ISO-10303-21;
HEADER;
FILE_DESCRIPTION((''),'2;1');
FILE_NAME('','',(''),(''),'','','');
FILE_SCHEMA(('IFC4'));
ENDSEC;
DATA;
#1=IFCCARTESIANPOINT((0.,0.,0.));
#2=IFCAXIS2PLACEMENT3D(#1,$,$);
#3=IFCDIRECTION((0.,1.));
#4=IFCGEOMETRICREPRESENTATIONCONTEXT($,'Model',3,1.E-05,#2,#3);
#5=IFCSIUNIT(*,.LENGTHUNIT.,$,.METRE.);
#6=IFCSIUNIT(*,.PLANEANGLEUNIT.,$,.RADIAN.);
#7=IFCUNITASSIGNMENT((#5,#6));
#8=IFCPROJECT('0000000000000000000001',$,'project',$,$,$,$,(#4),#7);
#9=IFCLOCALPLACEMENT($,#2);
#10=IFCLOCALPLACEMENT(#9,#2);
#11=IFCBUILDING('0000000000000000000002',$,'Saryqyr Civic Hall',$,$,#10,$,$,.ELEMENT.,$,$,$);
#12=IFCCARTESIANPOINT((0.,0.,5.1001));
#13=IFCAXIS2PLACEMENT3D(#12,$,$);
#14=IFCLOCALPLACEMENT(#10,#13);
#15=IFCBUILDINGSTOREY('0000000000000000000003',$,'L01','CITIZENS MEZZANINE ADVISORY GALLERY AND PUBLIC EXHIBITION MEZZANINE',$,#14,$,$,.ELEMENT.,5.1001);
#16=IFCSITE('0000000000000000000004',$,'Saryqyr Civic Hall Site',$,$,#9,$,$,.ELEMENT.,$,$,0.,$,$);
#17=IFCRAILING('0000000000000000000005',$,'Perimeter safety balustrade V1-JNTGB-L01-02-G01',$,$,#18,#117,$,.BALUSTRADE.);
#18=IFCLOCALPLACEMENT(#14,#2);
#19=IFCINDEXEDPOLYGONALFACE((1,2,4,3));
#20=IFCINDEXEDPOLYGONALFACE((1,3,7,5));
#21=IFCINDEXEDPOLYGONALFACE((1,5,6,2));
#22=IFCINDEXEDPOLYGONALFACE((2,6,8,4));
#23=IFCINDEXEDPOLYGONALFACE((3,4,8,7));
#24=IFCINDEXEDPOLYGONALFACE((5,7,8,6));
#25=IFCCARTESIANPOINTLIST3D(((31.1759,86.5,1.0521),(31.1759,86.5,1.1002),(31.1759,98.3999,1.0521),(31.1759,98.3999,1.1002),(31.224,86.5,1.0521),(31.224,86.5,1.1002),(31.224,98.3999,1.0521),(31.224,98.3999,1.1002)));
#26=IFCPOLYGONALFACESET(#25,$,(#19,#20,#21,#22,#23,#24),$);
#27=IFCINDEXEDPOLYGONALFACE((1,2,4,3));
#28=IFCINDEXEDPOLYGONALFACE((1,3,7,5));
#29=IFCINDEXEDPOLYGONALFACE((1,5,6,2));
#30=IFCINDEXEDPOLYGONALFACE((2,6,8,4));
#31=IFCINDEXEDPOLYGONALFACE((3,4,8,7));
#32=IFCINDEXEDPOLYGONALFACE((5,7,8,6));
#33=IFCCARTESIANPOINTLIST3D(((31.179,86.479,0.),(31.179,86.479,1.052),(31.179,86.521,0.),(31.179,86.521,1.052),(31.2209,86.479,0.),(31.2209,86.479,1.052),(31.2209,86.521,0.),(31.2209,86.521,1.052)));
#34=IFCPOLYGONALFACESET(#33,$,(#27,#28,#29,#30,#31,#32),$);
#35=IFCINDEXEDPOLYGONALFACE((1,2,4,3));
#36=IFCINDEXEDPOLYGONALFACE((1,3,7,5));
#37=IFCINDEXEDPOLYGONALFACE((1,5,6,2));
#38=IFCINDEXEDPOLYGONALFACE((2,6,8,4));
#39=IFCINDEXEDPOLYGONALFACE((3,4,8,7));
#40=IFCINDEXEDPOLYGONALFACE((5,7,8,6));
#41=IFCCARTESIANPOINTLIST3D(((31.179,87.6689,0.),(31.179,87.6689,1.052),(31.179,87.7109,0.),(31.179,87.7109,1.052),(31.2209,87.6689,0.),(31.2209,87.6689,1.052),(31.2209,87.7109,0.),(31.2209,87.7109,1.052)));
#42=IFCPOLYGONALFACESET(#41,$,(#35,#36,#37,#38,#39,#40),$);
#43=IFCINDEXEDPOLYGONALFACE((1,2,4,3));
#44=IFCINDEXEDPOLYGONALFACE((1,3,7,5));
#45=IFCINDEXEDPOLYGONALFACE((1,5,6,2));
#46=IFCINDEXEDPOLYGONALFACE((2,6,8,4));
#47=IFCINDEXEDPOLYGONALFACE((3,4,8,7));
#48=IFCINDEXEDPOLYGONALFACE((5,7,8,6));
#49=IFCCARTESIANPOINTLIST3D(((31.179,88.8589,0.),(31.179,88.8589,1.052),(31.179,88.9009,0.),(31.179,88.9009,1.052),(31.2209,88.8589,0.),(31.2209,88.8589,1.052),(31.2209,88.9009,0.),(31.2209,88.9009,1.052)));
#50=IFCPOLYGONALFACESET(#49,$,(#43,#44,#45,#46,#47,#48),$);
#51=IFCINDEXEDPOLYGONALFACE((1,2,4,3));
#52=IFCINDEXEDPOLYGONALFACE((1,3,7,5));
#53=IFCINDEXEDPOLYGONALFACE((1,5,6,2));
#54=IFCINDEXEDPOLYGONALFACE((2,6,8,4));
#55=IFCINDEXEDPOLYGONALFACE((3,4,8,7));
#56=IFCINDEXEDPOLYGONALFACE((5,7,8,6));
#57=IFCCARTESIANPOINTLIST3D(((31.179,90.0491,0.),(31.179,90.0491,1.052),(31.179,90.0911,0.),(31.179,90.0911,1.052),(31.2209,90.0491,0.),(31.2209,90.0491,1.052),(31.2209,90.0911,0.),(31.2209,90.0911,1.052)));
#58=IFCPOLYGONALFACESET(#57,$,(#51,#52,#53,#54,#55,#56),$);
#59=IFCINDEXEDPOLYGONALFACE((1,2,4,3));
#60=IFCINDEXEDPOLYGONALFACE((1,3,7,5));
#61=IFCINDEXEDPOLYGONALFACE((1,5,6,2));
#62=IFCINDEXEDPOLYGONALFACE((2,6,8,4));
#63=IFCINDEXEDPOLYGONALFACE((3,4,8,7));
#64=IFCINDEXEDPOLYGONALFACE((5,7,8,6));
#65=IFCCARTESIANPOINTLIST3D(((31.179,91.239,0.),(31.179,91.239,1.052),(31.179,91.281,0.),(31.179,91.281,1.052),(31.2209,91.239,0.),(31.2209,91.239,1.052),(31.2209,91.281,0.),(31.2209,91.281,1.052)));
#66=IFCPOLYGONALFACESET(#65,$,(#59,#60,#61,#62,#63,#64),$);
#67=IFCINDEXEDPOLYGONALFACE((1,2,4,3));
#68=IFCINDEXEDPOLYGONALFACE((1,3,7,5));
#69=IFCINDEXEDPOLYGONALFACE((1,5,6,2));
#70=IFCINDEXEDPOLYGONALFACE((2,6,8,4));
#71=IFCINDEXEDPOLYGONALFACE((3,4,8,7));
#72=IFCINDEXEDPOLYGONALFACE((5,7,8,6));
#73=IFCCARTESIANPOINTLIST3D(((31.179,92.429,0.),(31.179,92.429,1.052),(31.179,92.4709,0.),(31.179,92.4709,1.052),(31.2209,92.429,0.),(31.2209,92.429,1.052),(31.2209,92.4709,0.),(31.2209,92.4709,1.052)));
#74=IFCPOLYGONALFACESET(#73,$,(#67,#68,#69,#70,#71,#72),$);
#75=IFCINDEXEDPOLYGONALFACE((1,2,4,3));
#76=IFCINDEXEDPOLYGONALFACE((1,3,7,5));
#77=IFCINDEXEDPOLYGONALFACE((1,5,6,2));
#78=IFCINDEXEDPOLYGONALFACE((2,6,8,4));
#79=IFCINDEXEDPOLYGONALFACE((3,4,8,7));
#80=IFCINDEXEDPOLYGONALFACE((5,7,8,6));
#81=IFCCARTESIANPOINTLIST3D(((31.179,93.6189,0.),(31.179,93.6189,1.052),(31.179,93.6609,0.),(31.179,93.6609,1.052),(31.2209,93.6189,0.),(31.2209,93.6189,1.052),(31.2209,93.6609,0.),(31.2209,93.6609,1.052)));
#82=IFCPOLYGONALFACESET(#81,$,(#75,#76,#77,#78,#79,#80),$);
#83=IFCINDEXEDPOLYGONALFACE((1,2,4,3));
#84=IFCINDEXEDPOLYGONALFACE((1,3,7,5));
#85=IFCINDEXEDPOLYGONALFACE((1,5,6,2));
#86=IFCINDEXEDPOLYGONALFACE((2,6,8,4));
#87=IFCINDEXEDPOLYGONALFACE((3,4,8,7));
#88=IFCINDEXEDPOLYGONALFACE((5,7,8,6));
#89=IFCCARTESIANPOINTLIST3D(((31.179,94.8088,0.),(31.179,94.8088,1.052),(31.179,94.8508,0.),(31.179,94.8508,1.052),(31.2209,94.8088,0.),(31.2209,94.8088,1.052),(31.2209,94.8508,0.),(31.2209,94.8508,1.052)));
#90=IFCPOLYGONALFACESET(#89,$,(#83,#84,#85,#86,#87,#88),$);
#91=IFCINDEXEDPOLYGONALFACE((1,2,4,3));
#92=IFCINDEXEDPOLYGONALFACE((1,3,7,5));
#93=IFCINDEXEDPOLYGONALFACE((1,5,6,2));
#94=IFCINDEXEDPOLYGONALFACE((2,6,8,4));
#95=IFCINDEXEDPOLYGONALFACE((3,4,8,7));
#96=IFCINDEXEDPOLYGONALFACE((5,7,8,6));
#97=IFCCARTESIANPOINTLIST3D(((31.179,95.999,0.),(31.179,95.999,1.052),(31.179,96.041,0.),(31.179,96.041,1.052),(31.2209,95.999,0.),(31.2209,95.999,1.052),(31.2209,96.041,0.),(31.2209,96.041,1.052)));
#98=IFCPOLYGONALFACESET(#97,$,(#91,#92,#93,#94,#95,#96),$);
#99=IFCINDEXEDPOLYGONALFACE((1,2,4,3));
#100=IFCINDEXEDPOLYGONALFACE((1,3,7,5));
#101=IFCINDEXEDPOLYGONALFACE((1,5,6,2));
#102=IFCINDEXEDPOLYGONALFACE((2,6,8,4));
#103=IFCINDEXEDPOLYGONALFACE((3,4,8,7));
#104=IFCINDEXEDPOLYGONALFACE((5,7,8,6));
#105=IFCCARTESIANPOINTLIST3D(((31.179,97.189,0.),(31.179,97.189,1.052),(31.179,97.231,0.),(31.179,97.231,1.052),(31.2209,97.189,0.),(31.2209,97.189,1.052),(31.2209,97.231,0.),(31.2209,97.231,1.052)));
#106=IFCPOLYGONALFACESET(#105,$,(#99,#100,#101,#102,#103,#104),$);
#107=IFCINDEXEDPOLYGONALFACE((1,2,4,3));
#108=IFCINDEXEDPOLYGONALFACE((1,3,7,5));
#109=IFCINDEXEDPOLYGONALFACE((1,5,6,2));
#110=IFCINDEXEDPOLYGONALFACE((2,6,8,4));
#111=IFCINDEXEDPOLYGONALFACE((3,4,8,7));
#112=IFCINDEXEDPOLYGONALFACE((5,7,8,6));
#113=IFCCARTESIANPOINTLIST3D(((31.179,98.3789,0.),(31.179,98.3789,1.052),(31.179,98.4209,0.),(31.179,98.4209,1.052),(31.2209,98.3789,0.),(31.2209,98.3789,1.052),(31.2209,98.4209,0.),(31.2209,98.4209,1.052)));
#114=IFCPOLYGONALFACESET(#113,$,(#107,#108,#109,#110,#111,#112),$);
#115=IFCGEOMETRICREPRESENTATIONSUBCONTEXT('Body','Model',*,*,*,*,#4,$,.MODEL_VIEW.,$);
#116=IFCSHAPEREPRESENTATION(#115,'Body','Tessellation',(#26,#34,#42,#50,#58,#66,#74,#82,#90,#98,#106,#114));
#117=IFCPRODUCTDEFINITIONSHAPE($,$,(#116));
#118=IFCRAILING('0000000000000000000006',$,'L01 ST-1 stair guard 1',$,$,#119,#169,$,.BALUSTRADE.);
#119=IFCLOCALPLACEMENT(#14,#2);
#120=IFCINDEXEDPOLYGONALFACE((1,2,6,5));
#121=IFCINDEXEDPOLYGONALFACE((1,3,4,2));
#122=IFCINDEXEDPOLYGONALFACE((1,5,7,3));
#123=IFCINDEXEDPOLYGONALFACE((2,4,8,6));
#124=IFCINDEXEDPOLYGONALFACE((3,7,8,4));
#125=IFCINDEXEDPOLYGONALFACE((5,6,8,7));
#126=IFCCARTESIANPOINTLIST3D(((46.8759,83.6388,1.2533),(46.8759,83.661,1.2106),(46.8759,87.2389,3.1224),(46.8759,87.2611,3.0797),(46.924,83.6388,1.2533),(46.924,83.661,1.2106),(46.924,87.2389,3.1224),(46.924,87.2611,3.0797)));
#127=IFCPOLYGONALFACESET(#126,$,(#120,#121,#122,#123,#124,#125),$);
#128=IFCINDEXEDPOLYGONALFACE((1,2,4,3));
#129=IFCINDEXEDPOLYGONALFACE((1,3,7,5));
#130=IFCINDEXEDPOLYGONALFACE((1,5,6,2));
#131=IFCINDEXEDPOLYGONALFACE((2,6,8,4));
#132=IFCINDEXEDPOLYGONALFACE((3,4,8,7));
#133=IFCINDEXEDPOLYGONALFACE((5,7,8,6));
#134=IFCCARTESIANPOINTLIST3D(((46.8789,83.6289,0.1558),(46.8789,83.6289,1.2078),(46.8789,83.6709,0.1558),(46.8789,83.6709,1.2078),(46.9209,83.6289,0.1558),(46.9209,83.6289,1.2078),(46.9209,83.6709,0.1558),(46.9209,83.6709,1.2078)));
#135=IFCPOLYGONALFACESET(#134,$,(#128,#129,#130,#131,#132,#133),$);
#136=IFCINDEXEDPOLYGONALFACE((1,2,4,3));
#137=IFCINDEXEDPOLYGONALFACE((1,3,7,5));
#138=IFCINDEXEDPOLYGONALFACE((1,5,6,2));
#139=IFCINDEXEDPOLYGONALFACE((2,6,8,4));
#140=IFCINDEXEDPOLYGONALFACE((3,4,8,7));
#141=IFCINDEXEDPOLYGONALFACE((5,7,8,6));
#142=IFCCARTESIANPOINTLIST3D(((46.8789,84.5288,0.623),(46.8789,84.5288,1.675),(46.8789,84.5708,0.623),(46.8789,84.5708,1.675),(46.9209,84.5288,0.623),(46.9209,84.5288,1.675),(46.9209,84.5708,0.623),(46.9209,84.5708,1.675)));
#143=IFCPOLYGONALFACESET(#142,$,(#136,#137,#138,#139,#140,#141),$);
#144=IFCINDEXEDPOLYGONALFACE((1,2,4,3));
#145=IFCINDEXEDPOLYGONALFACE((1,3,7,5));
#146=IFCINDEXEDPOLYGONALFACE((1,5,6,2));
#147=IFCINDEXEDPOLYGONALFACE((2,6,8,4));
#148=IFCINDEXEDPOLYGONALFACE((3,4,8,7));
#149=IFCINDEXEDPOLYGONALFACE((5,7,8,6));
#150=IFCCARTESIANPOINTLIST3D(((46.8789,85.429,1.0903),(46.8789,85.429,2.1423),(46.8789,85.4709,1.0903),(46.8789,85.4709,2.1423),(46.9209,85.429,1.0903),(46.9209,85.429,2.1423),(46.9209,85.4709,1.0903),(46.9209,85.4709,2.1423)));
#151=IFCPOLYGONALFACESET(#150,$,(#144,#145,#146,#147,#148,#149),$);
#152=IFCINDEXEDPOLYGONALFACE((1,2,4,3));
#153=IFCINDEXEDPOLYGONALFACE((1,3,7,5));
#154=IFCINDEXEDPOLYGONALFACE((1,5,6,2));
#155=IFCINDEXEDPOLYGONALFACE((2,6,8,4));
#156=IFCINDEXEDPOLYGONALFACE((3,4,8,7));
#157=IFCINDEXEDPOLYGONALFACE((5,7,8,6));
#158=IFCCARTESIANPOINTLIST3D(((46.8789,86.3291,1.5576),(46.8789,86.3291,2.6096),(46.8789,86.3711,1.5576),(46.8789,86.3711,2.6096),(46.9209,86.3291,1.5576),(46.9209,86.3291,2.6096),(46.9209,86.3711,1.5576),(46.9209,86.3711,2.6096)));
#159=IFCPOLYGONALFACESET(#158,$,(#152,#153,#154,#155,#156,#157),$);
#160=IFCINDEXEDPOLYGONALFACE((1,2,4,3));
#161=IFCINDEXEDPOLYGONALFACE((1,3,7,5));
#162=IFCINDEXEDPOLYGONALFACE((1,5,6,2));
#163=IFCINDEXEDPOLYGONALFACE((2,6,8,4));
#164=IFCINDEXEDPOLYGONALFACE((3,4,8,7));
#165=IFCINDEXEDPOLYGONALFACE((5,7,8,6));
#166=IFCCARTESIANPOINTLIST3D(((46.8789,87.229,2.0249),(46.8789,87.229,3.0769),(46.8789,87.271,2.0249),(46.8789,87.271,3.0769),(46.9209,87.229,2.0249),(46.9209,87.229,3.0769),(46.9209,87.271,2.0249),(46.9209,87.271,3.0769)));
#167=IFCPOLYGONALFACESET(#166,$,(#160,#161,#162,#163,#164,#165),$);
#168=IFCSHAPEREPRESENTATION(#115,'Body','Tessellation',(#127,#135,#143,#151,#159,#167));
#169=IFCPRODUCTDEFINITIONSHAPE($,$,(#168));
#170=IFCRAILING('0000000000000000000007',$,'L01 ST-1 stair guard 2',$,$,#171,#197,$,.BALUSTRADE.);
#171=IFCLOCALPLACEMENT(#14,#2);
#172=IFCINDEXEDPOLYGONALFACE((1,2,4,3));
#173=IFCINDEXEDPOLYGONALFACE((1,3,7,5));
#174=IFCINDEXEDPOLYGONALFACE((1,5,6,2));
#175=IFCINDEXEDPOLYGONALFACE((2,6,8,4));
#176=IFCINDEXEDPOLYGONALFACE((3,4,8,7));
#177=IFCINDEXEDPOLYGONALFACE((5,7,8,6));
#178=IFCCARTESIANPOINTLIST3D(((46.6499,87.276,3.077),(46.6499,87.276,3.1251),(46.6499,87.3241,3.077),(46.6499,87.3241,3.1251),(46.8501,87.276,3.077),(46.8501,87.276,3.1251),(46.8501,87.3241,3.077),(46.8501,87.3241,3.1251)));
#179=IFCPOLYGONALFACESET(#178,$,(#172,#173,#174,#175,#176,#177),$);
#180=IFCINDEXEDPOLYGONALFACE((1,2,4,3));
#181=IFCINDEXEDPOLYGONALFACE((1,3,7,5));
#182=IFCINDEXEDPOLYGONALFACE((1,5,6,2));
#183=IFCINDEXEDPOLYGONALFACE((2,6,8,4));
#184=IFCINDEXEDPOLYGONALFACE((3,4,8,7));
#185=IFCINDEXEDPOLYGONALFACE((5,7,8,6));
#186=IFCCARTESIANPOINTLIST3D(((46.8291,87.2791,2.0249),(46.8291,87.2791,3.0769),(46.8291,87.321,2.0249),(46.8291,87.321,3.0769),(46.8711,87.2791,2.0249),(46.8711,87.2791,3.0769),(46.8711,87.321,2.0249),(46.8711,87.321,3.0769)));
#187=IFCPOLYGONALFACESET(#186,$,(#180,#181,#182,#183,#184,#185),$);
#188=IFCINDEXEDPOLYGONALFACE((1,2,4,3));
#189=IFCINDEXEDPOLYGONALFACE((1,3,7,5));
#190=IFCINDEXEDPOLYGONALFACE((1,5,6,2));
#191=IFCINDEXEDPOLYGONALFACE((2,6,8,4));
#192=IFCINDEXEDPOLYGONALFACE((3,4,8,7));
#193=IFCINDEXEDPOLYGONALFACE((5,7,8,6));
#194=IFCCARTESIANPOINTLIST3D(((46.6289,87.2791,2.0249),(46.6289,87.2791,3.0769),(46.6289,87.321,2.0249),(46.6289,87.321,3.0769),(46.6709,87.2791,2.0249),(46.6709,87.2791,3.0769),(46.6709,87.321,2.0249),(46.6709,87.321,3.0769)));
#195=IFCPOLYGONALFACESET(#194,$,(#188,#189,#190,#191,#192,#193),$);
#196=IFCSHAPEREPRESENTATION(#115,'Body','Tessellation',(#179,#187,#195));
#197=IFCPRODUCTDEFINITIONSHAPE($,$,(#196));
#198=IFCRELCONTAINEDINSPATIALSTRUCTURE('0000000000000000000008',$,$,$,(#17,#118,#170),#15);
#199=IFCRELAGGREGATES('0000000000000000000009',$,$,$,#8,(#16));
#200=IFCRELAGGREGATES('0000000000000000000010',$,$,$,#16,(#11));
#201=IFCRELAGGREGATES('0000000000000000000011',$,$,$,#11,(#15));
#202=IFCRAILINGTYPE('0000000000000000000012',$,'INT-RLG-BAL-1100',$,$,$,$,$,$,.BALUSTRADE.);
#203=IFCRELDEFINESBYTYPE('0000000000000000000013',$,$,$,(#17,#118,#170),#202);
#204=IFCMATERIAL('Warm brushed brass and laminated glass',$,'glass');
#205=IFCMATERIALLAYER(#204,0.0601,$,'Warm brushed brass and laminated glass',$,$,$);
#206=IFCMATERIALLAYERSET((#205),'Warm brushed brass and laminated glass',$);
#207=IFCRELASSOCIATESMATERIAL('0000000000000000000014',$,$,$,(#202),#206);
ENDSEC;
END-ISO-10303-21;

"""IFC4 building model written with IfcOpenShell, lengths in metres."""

from ifc_helpers import new_model, si_unit, direction, frame, origin, origin_2d, place, context, subcontext, project, spatial, rectangle, extrude, material, layer, layer_set, type_object, element, save


model = new_model("IFC4")

# Units and contexts
model_context = context("Model", 3, precision=1e-05, world=origin(), true_north=direction((0.0, 1.0)))
body_context = subcontext(model_context, "Body", "Model", "MODEL_VIEW")
ifc_project = project(units=[si_unit("LENGTHUNIT", "METRE"), si_unit("PLANEANGLEUNIT", "RADIAN")], contexts=[model_context])

# Site, building, storey
site_placement = place(None, origin())
site = spatial("IfcSite", under=ifc_project, at=site_placement, Name="Saryqyr Civic Hall Site", CompositionType="ELEMENT", RefElevation=0.0)
building_placement = place(site_placement, origin())
building = spatial("IfcBuilding", under=site, at=building_placement, Name="Saryqyr Civic Hall", CompositionType="ELEMENT")
storey_placement = place(building_placement, frame((0.0, 0.0, 5.1001)))
storey = spatial("IfcBuildingStorey", under=building, at=storey_placement, Name="L01", Description="CITIZENS MEZZANINE ADVISORY GALLERY AND PUBLIC EXHIBITION MEZZANINE", CompositionType="ELEMENT", Elevation=5.1001)

# Railings
ifc_material_1 = material(Name="Warm brushed brass and laminated glass", Category="glass")
ifc_layer_1 = layer(ifc_material_1, 0.0601, Name="Warm brushed brass and laminated glass")
ifc_layer_set_1 = layer_set([ifc_layer_1], Name="Warm brushed brass and laminated glass")
railing_type_1 = type_object("IfcRailingType", Name="INT-RLG-BAL-1100", PredefinedType="BALUSTRADE", material=ifc_layer_set_1)
railing_1_placement = place(storey_placement, frame((31.2, 86.5, 0.0)))
element("IfcRailing", 1, at=railing_1_placement, inside=storey, type_object=railing_type_1, Name="Perimeter safety balustrade V1-JNTGB-L01-02-G01", PredefinedType="BALUSTRADE", context=body_context, shape_type="SweptSolid", body=[
    extrude(rectangle(XDim=0.0481, YDim=0.0481, at=origin_2d()), frame((0.0, 0.0, 1.0762), z_axis=(0.0, 1.0, 0.0), x_axis=(-1.0, 0.0, 0.0)), (0.0, 0.0, 1.0), 11.8999),
    extrude(rectangle(XDim=0.042, YDim=0.042, at=origin_2d()), origin(), (0.0, 0.0, 1.0), 1.052),
    extrude(rectangle(XDim=0.042, YDim=0.042, at=origin_2d()), frame((0.0, 1.1899, 0.0)), (0.0, 0.0, 1.0), 1.052),
    extrude(rectangle(XDim=0.042, YDim=0.042, at=origin_2d()), frame((0.0, 2.3799, 0.0)), (0.0, 0.0, 1.0), 1.052),
    extrude(rectangle(XDim=0.042, YDim=0.042, at=origin_2d()), frame((0.0, 3.5701, 0.0)), (0.0, 0.0, 1.0), 1.052),
    extrude(rectangle(XDim=0.042, YDim=0.042, at=origin_2d()), frame((0.0, 4.76, 0.0)), (0.0, 0.0, 1.0), 1.052),
    extrude(rectangle(XDim=0.042, YDim=0.042, at=origin_2d()), frame((0.0, 5.95, 0.0)), (0.0, 0.0, 1.0), 1.052),
    extrude(rectangle(XDim=0.042, YDim=0.042, at=origin_2d()), frame((0.0, 7.1399, 0.0)), (0.0, 0.0, 1.0), 1.052),
    extrude(rectangle(XDim=0.042, YDim=0.042, at=origin_2d()), frame((0.0, 8.3298, 0.0)), (0.0, 0.0, 1.0), 1.052),
    extrude(rectangle(XDim=0.042, YDim=0.042, at=origin_2d()), frame((0.0, 9.52, 0.0)), (0.0, 0.0, 1.0), 1.052),
    extrude(rectangle(XDim=0.042, YDim=0.042, at=origin_2d()), frame((0.0, 10.71, 0.0)), (0.0, 0.0, 1.0), 1.052),
    extrude(rectangle(XDim=0.042, YDim=0.042, at=origin_2d()), frame((0.0, 11.8999, 0.0)), (0.0, 0.0, 1.0), 1.052),
])
railing_2_placement = place(storey_placement, frame((46.8999, 83.6499, 0.1558)))
element("IfcRailing", 2, at=railing_2_placement, inside=storey, type_object=railing_type_1, Name="L01 ST-1 stair guard 1", PredefinedType="BALUSTRADE", context=body_context, shape_type="SweptSolid", body=[
    extrude(rectangle(XDim=0.0481, YDim=0.0481, at=origin_2d()), frame((0.0, 0.0, 1.0762), z_axis=(0.0, 0.88751, 0.460788), x_axis=(-1.0, 0.0, 0.0)), (0.0, 0.0, 1.0), 4.0564),
    extrude(rectangle(XDim=0.042, YDim=0.042, at=origin_2d()), origin(), (0.0, 0.0, 1.0), 1.052),
    extrude(rectangle(XDim=0.042, YDim=0.042, at=origin_2d()), frame((0.0, 0.8999, 0.4673)), (0.0, 0.0, 1.0), 1.052),
    extrude(rectangle(XDim=0.042, YDim=0.042, at=origin_2d()), frame((0.0, 1.8, 0.9346)), (0.0, 0.0, 1.0), 1.052),
    extrude(rectangle(XDim=0.042, YDim=0.042, at=origin_2d()), frame((0.0, 2.7002, 1.4019)), (0.0, 0.0, 1.0), 1.052),
    extrude(rectangle(XDim=0.042, YDim=0.042, at=origin_2d()), frame((0.0, 3.6001, 1.8691)), (0.0, 0.0, 1.0), 1.052),
])
railing_3_placement = place(storey_placement, frame((46.8501, 87.3, 2.0249)))
element("IfcRailing", 3, at=railing_3_placement, inside=storey, type_object=railing_type_1, Name="L01 ST-1 stair guard 2", PredefinedType="BALUSTRADE", context=body_context, shape_type="SweptSolid", body=[
    extrude(rectangle(XDim=0.0481, YDim=0.0481, at=origin_2d()), frame((0.0, 0.0, 1.0762), z_axis=(-1.0, 0.0, 0.0), x_axis=(0.0, -1.0, 0.0)), (0.0, 0.0, 1.0), 0.2002),
    extrude(rectangle(XDim=0.042, YDim=0.042, at=origin_2d()), origin(), (0.0, 0.0, 1.0), 1.052),
    extrude(rectangle(XDim=0.042, YDim=0.042, at=origin_2d()), frame((-0.2002, 0.0, 0.0)), (0.0, 0.0, 1.0), 1.052),
])

save(model, "model.ifc")
